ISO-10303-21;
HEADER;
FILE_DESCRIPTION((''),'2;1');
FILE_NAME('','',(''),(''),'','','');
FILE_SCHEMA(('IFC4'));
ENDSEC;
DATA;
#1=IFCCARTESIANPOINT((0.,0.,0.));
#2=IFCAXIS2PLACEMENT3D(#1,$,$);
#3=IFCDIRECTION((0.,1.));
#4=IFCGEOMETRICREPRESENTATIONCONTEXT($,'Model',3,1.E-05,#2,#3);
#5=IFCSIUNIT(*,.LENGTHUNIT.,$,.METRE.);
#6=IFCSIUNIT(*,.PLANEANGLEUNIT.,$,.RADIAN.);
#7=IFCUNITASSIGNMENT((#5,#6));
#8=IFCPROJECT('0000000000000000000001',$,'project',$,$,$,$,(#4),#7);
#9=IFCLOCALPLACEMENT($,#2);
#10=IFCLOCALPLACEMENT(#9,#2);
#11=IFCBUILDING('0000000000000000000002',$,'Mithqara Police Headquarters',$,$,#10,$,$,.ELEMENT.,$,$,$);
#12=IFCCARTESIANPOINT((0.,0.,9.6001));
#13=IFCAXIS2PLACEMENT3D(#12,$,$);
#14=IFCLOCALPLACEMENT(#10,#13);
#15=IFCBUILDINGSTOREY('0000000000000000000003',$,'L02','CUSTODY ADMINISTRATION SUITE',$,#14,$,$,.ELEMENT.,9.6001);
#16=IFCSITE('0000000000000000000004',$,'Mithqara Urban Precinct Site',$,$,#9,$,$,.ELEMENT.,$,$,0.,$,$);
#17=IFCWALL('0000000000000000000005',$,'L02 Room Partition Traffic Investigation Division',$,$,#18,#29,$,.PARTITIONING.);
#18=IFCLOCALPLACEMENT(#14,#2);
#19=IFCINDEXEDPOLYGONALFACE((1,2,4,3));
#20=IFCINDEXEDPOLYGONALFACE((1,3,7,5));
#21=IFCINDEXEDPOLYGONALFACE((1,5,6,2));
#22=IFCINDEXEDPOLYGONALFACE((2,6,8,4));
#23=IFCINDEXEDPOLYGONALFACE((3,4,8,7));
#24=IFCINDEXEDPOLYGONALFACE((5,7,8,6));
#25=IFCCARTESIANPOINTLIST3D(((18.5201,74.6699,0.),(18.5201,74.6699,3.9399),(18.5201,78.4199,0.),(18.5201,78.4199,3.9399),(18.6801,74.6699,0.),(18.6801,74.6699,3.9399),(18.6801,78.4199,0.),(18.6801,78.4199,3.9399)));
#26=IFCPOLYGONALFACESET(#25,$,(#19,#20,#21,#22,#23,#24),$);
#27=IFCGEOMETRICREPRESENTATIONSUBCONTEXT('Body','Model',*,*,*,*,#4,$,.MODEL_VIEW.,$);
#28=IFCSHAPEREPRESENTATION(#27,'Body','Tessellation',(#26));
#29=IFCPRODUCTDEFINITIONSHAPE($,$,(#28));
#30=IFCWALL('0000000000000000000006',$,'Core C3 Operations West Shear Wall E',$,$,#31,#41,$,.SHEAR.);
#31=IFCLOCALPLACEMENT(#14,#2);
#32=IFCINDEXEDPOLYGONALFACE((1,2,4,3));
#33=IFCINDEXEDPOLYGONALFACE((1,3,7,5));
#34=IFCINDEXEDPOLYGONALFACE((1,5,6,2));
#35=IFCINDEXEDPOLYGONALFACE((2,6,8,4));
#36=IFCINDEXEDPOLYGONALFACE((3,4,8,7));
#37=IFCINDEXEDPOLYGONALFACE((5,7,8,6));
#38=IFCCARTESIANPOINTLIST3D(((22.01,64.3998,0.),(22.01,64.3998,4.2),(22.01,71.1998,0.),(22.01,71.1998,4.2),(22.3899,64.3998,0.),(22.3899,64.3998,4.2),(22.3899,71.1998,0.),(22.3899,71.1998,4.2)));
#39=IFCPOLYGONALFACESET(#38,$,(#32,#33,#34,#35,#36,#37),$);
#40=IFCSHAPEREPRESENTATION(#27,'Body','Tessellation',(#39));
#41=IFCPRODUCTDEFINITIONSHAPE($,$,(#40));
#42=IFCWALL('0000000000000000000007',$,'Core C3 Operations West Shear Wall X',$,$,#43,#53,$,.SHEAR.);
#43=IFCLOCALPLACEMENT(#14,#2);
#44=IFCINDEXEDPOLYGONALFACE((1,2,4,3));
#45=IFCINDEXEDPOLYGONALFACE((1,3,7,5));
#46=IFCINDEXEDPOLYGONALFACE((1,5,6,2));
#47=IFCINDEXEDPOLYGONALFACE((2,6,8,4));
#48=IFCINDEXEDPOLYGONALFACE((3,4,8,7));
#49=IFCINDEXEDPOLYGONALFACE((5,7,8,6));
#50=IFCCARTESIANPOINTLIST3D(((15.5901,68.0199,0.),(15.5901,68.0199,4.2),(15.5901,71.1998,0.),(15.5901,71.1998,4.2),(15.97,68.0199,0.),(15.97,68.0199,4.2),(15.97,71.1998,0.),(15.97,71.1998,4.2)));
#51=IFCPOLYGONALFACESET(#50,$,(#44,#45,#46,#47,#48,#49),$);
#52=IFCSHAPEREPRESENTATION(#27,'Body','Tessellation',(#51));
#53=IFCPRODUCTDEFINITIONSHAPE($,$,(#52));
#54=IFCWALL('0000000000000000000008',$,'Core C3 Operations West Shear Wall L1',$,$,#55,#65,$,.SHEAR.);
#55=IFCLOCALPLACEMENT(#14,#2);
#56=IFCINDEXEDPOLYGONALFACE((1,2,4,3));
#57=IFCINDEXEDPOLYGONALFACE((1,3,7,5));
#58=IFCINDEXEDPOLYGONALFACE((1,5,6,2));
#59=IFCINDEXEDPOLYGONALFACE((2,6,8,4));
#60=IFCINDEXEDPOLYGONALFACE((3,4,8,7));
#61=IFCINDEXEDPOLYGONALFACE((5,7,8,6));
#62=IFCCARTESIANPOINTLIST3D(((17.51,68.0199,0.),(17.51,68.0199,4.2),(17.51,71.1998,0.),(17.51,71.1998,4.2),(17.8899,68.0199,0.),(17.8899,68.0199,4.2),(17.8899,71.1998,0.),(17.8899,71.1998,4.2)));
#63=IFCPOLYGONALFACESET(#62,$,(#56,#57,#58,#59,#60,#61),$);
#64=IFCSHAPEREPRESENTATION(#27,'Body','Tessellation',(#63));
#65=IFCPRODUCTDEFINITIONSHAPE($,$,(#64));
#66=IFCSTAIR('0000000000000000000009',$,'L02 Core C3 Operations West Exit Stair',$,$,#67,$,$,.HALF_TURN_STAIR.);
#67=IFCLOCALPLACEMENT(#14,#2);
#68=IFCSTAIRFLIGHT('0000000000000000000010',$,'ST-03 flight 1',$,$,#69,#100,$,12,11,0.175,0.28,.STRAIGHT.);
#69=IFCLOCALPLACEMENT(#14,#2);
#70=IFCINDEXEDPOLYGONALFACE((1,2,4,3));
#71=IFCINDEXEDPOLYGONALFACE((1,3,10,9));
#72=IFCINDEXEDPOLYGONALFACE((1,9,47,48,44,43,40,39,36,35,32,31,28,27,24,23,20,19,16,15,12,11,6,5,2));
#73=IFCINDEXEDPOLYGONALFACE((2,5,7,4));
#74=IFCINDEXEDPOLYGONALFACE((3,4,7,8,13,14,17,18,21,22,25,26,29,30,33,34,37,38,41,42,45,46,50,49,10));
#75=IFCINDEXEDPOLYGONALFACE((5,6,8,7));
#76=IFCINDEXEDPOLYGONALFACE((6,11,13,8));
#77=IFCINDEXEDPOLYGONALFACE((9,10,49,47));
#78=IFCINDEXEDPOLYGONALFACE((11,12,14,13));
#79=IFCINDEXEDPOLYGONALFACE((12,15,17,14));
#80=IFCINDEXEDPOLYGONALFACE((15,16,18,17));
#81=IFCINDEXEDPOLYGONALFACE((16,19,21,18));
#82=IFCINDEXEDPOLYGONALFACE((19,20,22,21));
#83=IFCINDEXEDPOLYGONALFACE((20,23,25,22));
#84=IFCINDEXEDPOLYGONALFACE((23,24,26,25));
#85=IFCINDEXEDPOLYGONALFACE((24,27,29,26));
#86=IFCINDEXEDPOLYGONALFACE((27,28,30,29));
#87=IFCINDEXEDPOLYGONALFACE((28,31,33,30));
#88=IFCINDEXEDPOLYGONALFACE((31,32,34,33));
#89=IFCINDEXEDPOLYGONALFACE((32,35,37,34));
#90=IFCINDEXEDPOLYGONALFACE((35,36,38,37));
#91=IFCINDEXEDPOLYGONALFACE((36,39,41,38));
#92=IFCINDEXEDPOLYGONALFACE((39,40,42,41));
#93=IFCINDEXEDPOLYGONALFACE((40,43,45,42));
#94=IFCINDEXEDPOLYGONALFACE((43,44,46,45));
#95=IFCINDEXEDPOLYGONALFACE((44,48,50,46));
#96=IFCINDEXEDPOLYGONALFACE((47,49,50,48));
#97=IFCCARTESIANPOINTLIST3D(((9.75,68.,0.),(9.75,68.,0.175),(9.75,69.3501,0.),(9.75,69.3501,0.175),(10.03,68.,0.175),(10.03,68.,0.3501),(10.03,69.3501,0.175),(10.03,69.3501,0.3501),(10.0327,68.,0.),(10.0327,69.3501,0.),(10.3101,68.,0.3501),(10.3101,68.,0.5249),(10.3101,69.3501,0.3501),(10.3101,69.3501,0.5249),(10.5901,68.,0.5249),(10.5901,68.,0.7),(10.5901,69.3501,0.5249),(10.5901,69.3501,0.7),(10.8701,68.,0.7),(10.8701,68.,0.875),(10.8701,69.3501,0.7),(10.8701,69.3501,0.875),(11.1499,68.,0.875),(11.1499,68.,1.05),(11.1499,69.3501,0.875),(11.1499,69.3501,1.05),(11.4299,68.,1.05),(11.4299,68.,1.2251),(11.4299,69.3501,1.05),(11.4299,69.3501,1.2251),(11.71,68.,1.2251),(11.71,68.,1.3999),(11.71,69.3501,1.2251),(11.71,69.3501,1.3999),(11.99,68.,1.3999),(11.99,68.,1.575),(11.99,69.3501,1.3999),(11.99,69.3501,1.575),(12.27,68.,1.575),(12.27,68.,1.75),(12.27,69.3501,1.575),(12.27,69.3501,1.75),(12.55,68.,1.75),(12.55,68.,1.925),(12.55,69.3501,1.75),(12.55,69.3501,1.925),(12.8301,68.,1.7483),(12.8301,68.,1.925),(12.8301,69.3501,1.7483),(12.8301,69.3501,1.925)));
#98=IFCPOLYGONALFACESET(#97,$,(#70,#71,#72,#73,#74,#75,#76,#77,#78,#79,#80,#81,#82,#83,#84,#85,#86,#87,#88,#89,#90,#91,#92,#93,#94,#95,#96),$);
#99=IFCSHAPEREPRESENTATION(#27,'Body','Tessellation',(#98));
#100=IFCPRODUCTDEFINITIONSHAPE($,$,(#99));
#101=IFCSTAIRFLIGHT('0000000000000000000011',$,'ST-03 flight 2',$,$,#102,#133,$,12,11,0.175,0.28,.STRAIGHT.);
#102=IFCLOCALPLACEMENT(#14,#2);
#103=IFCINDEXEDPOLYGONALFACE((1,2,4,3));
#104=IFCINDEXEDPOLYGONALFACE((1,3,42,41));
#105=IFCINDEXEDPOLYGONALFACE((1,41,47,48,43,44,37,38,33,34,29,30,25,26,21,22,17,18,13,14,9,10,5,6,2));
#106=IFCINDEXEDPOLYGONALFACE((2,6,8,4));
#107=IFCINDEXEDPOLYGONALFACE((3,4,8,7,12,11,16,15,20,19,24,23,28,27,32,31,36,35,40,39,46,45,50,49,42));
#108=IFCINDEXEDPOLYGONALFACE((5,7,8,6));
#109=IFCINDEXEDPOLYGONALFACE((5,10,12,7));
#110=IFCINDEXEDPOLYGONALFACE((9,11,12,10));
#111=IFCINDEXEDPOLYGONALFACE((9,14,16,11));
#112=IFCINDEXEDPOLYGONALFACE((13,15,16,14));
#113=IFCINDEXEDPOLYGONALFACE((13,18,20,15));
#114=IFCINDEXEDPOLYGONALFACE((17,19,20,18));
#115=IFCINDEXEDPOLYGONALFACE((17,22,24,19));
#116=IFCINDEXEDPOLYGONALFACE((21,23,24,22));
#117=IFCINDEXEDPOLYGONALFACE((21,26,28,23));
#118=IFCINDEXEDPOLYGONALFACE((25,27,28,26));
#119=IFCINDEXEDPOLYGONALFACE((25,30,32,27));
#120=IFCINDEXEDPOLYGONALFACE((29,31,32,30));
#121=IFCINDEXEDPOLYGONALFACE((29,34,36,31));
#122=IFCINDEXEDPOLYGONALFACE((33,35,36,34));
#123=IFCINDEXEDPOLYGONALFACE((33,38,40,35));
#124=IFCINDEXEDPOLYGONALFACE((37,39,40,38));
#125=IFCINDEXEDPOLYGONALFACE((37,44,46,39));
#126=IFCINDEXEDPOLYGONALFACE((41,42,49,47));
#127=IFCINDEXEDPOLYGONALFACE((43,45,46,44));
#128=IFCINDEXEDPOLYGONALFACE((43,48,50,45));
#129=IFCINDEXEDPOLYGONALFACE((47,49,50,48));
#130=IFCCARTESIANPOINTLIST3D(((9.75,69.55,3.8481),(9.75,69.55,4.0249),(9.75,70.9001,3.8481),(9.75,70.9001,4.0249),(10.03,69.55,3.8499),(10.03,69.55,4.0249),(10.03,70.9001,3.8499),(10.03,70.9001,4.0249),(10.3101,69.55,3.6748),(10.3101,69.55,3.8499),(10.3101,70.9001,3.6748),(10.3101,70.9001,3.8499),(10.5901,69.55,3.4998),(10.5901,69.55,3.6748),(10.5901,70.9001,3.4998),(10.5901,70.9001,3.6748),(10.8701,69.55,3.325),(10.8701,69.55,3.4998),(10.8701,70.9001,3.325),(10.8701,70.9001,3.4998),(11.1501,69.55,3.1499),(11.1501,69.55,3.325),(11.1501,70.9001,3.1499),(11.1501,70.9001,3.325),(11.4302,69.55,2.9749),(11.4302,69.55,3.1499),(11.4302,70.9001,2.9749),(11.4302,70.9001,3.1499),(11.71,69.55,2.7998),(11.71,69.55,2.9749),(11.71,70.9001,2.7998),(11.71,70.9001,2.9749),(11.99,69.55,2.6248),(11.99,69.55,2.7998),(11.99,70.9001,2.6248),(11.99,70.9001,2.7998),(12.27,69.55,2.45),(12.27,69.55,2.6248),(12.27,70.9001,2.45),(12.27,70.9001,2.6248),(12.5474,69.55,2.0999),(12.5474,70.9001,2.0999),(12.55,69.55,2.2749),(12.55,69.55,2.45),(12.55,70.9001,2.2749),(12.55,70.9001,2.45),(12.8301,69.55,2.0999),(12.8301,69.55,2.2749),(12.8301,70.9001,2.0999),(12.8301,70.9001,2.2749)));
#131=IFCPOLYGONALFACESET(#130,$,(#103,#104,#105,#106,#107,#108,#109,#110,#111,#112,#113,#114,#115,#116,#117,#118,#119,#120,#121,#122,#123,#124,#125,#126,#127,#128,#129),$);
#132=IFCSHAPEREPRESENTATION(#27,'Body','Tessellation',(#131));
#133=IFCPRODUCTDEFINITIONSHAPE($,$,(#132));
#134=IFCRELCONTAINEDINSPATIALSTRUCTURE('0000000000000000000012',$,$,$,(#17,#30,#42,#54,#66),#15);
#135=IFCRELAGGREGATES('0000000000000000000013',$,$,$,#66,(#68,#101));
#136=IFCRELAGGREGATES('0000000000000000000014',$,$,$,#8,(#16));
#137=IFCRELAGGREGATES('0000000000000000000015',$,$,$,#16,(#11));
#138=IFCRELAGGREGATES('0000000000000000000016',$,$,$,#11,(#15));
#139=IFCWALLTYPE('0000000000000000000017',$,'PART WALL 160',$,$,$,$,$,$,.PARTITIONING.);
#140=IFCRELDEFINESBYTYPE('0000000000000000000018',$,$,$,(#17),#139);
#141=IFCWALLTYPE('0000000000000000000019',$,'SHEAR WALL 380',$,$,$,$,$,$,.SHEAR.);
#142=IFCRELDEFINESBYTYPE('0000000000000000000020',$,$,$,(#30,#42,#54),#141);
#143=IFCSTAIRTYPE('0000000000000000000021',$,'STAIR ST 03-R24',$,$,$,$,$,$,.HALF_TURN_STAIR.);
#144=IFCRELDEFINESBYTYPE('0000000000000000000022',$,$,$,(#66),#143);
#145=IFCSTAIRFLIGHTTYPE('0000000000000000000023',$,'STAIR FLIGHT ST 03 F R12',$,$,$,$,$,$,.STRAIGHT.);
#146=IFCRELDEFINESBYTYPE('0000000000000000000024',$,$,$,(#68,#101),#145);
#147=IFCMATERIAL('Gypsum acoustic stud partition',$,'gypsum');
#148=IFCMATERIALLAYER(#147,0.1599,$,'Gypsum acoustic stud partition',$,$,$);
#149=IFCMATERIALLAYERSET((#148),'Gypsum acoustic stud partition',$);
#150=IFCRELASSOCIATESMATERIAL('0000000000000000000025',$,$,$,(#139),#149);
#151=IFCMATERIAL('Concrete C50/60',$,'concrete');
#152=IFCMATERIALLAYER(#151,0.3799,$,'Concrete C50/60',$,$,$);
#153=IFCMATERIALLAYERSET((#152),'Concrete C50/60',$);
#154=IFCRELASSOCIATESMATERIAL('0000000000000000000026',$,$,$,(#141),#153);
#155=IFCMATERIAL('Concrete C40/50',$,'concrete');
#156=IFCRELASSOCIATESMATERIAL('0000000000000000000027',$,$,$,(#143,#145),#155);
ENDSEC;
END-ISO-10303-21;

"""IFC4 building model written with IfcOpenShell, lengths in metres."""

from ifc_helpers import new_model, si_unit, direction, frame, frame_2d, origin, place, context, subcontext, project, spatial, polyline, rectangle, outline, extrude, material, layer, layer_set, type_object, element, aggregate, save


model = new_model("IFC4")

# Units and contexts
model_context = context("Model", 3, precision=1e-05, world=origin(), true_north=direction((0.0, 1.0)))
body_context = subcontext(model_context, "Body", "Model", "MODEL_VIEW")
ifc_project = project(units=[si_unit("LENGTHUNIT", "METRE"), si_unit("PLANEANGLEUNIT", "RADIAN")], contexts=[model_context])

# Site, building, storey
site_placement = place(None, origin())
site = spatial("IfcSite", under=ifc_project, at=site_placement, Name="Mithqara Urban Precinct Site", CompositionType="ELEMENT", RefElevation=0.0)
building_placement = place(site_placement, origin())
building = spatial("IfcBuilding", under=site, at=building_placement, Name="Mithqara Police Headquarters", CompositionType="ELEMENT")
storey_placement = place(building_placement, frame((0.0, 0.0, 9.6001)))
storey = spatial("IfcBuildingStorey", under=building, at=storey_placement, Name="L02", Description="CUSTODY ADMINISTRATION SUITE", CompositionType="ELEMENT", Elevation=9.6001)

# Shared definitions
ifc_material_1 = material(Name="Concrete C40/50", Category="concrete")
ifc_material_2 = material(Name="Concrete C50/60", Category="concrete")

# Walls
ifc_material_3 = material(Name="Gypsum acoustic stud partition", Category="gypsum")
ifc_layer_1 = layer(ifc_material_3, 0.1599, Name="Gypsum acoustic stud partition")
ifc_layer_set_1 = layer_set([ifc_layer_1], Name="Gypsum acoustic stud partition")
wall_type_1 = type_object("IfcWallType", Name="PART WALL 160", PredefinedType="PARTITIONING", material=ifc_layer_set_1)
wall_1_placement = place(storey_placement, frame((18.6001, 74.6699, 0.0), z_axis=(0.0, 0.0, 1.0), x_axis=(0.0, 1.0, 0.0)))
element("IfcWall", 1, at=wall_1_placement, inside=storey, type_object=wall_type_1, Name="L02 Room Partition Traffic Investigation Division", PredefinedType="PARTITIONING", context=body_context, shape_type="SweptSolid", body=[
    extrude(rectangle(XDim=3.75, YDim=0.1599, at=frame_2d((1.875, 0.0))), origin(), (0.0, 0.0, 1.0), 3.9399),
])
ifc_layer_2 = layer(ifc_material_2, 0.3799, Name="Concrete C50/60")
ifc_layer_set_2 = layer_set([ifc_layer_2], Name="Concrete C50/60")
wall_type_2 = type_object("IfcWallType", Name="SHEAR WALL 380", PredefinedType="SHEAR", material=ifc_layer_set_2)
wall_2_placement = place(storey_placement, frame((22.2, 64.3999, 0.0), z_axis=(0.0, 0.0, 1.0), x_axis=(0.0, 1.0, 0.0)))
element("IfcWall", 2, at=wall_2_placement, inside=storey, type_object=wall_type_2, Name="Core C3 Operations West Shear Wall E", PredefinedType="SHEAR", context=body_context, shape_type="SweptSolid", body=[
    extrude(rectangle(XDim=6.8, YDim=0.3799, at=frame_2d((3.3999, 0.0))), origin(), (0.0, 0.0, 1.0), 4.2),
])
for number, where, z_axis, x_axis, name in (
    (3, (15.78, 68.02, 0.0), (0.0, 0.0, 1.0), (0.0, 1.0, 0.0), "Core C3 Operations West Shear Wall X"),
    (4, (17.7, 68.02, 0.0), (0.0, 0.0, 1.0), (0.0, 1.0, 0.0), "Core C3 Operations West Shear Wall L1"),
):
    element("IfcWall", number, at=place(storey_placement, frame(where, z_axis=z_axis, x_axis=x_axis)), inside=storey, type_object=wall_type_2, Name=name, PredefinedType="SHEAR", context=body_context, shape_type="SweptSolid", body=[
        extrude(rectangle(XDim=3.1799, YDim=0.3799, at=frame_2d((1.5898, 0.0))), origin(), (0.0, 0.0, 1.0), 4.2),
    ])

# Stair, stair flights
stair_type = type_object("IfcStairType", Name="STAIR ST 03-R24", PredefinedType="HALF_TURN_STAIR", material=ifc_material_1)
stair_placement = place(storey_placement, origin())
stair = element("IfcStair", 5, at=stair_placement, inside=storey, type_object=stair_type, Name="L02 Core C3 Operations West Exit Stair", PredefinedType="HALF_TURN_STAIR")
stair_flight_type = type_object("IfcStairFlightType", Name="STAIR FLIGHT ST 03 F R12", PredefinedType="STRAIGHT", material=ifc_material_1)
stair_flight_1_placement = place(storey_placement, frame((9.75, 68.675, 0.0), z_axis=(0.0, 0.0, 1.0), x_axis=(1.0, 0.0, 0.0)))
stair_flight_1 = element("IfcStairFlight", 6, at=stair_flight_1_placement, type_object=stair_flight_type, Name="ST-03 flight 1", NumberOfRisers=12, NumberOfTreads=11, PredefinedType="STRAIGHT", RiserHeight=0.175, TreadLength=0.28, context=body_context, shape_type="SweptSolid", body=[
    extrude(outline(polyline([(0.0, 0.0), (0.0, 0.175), (0.28, 0.175), (0.28, 0.3501), (0.5601, 0.3501), (0.5601, 0.5249), (0.8401, 0.5249), (0.8401, 0.7), (1.1201, 0.7), (1.1201, 0.875), (1.3999, 0.875), (1.3999, 1.05), (1.6799, 1.05), (1.6799, 1.2251), (1.96, 1.2251), (1.96, 1.3999), (2.24, 1.3999), (2.24, 1.575), (2.52, 1.575), (2.52, 1.75), (2.8, 1.75), (2.8, 1.925), (3.0801, 1.925), (3.0801, 2.1001), (3.0801, 1.7483), (0.2827, 0.0), (0.0, 0.0)])), frame((0.0, 0.675, 0.0), z_axis=(0.0, -1.0, 0.0), x_axis=(1.0, 0.0, 0.0)), (0.0, 0.0, 1.0), 1.3501),
])
stair_flight_2_placement = place(storey_placement, frame((12.8301, 70.2251, 2.0999), z_axis=(0.0, 0.0, 1.0), x_axis=(-1.0, 0.0, 0.0)))
stair_flight_2 = element("IfcStairFlight", 7, at=stair_flight_2_placement, type_object=stair_flight_type, Name="ST-03 flight 2", NumberOfRisers=12, NumberOfTreads=11, PredefinedType="STRAIGHT", RiserHeight=0.175, TreadLength=0.28, context=body_context, shape_type="SweptSolid", body=[
    extrude(outline(polyline([(0.0, 0.0), (0.0, 0.175), (0.28, 0.175), (0.28, 0.3501), (0.5601, 0.3501), (0.5601, 0.5249), (0.8401, 0.5249), (0.8401, 0.7), (1.1201, 0.7), (1.1201, 0.875), (1.3999, 0.875), (1.3999, 1.05), (1.6799, 1.05), (1.6799, 1.2251), (1.96, 1.2251), (1.96, 1.3999), (2.24, 1.3999), (2.24, 1.575), (2.52, 1.575), (2.52, 1.75), (2.8, 1.75), (2.8, 1.925), (3.0801, 1.925), (3.0801, 2.1001), (3.0801, 1.7483), (0.2827, 0.0), (0.0, 0.0)])), frame((0.0, 0.675, 0.0), z_axis=(0.0, -1.0, 0.0), x_axis=(1.0, 0.0, 0.0)), (0.0, 0.0, 1.0), 1.3501),
])
aggregate(stair, [stair_flight_1, stair_flight_2])

save(model, "model.ifc")
